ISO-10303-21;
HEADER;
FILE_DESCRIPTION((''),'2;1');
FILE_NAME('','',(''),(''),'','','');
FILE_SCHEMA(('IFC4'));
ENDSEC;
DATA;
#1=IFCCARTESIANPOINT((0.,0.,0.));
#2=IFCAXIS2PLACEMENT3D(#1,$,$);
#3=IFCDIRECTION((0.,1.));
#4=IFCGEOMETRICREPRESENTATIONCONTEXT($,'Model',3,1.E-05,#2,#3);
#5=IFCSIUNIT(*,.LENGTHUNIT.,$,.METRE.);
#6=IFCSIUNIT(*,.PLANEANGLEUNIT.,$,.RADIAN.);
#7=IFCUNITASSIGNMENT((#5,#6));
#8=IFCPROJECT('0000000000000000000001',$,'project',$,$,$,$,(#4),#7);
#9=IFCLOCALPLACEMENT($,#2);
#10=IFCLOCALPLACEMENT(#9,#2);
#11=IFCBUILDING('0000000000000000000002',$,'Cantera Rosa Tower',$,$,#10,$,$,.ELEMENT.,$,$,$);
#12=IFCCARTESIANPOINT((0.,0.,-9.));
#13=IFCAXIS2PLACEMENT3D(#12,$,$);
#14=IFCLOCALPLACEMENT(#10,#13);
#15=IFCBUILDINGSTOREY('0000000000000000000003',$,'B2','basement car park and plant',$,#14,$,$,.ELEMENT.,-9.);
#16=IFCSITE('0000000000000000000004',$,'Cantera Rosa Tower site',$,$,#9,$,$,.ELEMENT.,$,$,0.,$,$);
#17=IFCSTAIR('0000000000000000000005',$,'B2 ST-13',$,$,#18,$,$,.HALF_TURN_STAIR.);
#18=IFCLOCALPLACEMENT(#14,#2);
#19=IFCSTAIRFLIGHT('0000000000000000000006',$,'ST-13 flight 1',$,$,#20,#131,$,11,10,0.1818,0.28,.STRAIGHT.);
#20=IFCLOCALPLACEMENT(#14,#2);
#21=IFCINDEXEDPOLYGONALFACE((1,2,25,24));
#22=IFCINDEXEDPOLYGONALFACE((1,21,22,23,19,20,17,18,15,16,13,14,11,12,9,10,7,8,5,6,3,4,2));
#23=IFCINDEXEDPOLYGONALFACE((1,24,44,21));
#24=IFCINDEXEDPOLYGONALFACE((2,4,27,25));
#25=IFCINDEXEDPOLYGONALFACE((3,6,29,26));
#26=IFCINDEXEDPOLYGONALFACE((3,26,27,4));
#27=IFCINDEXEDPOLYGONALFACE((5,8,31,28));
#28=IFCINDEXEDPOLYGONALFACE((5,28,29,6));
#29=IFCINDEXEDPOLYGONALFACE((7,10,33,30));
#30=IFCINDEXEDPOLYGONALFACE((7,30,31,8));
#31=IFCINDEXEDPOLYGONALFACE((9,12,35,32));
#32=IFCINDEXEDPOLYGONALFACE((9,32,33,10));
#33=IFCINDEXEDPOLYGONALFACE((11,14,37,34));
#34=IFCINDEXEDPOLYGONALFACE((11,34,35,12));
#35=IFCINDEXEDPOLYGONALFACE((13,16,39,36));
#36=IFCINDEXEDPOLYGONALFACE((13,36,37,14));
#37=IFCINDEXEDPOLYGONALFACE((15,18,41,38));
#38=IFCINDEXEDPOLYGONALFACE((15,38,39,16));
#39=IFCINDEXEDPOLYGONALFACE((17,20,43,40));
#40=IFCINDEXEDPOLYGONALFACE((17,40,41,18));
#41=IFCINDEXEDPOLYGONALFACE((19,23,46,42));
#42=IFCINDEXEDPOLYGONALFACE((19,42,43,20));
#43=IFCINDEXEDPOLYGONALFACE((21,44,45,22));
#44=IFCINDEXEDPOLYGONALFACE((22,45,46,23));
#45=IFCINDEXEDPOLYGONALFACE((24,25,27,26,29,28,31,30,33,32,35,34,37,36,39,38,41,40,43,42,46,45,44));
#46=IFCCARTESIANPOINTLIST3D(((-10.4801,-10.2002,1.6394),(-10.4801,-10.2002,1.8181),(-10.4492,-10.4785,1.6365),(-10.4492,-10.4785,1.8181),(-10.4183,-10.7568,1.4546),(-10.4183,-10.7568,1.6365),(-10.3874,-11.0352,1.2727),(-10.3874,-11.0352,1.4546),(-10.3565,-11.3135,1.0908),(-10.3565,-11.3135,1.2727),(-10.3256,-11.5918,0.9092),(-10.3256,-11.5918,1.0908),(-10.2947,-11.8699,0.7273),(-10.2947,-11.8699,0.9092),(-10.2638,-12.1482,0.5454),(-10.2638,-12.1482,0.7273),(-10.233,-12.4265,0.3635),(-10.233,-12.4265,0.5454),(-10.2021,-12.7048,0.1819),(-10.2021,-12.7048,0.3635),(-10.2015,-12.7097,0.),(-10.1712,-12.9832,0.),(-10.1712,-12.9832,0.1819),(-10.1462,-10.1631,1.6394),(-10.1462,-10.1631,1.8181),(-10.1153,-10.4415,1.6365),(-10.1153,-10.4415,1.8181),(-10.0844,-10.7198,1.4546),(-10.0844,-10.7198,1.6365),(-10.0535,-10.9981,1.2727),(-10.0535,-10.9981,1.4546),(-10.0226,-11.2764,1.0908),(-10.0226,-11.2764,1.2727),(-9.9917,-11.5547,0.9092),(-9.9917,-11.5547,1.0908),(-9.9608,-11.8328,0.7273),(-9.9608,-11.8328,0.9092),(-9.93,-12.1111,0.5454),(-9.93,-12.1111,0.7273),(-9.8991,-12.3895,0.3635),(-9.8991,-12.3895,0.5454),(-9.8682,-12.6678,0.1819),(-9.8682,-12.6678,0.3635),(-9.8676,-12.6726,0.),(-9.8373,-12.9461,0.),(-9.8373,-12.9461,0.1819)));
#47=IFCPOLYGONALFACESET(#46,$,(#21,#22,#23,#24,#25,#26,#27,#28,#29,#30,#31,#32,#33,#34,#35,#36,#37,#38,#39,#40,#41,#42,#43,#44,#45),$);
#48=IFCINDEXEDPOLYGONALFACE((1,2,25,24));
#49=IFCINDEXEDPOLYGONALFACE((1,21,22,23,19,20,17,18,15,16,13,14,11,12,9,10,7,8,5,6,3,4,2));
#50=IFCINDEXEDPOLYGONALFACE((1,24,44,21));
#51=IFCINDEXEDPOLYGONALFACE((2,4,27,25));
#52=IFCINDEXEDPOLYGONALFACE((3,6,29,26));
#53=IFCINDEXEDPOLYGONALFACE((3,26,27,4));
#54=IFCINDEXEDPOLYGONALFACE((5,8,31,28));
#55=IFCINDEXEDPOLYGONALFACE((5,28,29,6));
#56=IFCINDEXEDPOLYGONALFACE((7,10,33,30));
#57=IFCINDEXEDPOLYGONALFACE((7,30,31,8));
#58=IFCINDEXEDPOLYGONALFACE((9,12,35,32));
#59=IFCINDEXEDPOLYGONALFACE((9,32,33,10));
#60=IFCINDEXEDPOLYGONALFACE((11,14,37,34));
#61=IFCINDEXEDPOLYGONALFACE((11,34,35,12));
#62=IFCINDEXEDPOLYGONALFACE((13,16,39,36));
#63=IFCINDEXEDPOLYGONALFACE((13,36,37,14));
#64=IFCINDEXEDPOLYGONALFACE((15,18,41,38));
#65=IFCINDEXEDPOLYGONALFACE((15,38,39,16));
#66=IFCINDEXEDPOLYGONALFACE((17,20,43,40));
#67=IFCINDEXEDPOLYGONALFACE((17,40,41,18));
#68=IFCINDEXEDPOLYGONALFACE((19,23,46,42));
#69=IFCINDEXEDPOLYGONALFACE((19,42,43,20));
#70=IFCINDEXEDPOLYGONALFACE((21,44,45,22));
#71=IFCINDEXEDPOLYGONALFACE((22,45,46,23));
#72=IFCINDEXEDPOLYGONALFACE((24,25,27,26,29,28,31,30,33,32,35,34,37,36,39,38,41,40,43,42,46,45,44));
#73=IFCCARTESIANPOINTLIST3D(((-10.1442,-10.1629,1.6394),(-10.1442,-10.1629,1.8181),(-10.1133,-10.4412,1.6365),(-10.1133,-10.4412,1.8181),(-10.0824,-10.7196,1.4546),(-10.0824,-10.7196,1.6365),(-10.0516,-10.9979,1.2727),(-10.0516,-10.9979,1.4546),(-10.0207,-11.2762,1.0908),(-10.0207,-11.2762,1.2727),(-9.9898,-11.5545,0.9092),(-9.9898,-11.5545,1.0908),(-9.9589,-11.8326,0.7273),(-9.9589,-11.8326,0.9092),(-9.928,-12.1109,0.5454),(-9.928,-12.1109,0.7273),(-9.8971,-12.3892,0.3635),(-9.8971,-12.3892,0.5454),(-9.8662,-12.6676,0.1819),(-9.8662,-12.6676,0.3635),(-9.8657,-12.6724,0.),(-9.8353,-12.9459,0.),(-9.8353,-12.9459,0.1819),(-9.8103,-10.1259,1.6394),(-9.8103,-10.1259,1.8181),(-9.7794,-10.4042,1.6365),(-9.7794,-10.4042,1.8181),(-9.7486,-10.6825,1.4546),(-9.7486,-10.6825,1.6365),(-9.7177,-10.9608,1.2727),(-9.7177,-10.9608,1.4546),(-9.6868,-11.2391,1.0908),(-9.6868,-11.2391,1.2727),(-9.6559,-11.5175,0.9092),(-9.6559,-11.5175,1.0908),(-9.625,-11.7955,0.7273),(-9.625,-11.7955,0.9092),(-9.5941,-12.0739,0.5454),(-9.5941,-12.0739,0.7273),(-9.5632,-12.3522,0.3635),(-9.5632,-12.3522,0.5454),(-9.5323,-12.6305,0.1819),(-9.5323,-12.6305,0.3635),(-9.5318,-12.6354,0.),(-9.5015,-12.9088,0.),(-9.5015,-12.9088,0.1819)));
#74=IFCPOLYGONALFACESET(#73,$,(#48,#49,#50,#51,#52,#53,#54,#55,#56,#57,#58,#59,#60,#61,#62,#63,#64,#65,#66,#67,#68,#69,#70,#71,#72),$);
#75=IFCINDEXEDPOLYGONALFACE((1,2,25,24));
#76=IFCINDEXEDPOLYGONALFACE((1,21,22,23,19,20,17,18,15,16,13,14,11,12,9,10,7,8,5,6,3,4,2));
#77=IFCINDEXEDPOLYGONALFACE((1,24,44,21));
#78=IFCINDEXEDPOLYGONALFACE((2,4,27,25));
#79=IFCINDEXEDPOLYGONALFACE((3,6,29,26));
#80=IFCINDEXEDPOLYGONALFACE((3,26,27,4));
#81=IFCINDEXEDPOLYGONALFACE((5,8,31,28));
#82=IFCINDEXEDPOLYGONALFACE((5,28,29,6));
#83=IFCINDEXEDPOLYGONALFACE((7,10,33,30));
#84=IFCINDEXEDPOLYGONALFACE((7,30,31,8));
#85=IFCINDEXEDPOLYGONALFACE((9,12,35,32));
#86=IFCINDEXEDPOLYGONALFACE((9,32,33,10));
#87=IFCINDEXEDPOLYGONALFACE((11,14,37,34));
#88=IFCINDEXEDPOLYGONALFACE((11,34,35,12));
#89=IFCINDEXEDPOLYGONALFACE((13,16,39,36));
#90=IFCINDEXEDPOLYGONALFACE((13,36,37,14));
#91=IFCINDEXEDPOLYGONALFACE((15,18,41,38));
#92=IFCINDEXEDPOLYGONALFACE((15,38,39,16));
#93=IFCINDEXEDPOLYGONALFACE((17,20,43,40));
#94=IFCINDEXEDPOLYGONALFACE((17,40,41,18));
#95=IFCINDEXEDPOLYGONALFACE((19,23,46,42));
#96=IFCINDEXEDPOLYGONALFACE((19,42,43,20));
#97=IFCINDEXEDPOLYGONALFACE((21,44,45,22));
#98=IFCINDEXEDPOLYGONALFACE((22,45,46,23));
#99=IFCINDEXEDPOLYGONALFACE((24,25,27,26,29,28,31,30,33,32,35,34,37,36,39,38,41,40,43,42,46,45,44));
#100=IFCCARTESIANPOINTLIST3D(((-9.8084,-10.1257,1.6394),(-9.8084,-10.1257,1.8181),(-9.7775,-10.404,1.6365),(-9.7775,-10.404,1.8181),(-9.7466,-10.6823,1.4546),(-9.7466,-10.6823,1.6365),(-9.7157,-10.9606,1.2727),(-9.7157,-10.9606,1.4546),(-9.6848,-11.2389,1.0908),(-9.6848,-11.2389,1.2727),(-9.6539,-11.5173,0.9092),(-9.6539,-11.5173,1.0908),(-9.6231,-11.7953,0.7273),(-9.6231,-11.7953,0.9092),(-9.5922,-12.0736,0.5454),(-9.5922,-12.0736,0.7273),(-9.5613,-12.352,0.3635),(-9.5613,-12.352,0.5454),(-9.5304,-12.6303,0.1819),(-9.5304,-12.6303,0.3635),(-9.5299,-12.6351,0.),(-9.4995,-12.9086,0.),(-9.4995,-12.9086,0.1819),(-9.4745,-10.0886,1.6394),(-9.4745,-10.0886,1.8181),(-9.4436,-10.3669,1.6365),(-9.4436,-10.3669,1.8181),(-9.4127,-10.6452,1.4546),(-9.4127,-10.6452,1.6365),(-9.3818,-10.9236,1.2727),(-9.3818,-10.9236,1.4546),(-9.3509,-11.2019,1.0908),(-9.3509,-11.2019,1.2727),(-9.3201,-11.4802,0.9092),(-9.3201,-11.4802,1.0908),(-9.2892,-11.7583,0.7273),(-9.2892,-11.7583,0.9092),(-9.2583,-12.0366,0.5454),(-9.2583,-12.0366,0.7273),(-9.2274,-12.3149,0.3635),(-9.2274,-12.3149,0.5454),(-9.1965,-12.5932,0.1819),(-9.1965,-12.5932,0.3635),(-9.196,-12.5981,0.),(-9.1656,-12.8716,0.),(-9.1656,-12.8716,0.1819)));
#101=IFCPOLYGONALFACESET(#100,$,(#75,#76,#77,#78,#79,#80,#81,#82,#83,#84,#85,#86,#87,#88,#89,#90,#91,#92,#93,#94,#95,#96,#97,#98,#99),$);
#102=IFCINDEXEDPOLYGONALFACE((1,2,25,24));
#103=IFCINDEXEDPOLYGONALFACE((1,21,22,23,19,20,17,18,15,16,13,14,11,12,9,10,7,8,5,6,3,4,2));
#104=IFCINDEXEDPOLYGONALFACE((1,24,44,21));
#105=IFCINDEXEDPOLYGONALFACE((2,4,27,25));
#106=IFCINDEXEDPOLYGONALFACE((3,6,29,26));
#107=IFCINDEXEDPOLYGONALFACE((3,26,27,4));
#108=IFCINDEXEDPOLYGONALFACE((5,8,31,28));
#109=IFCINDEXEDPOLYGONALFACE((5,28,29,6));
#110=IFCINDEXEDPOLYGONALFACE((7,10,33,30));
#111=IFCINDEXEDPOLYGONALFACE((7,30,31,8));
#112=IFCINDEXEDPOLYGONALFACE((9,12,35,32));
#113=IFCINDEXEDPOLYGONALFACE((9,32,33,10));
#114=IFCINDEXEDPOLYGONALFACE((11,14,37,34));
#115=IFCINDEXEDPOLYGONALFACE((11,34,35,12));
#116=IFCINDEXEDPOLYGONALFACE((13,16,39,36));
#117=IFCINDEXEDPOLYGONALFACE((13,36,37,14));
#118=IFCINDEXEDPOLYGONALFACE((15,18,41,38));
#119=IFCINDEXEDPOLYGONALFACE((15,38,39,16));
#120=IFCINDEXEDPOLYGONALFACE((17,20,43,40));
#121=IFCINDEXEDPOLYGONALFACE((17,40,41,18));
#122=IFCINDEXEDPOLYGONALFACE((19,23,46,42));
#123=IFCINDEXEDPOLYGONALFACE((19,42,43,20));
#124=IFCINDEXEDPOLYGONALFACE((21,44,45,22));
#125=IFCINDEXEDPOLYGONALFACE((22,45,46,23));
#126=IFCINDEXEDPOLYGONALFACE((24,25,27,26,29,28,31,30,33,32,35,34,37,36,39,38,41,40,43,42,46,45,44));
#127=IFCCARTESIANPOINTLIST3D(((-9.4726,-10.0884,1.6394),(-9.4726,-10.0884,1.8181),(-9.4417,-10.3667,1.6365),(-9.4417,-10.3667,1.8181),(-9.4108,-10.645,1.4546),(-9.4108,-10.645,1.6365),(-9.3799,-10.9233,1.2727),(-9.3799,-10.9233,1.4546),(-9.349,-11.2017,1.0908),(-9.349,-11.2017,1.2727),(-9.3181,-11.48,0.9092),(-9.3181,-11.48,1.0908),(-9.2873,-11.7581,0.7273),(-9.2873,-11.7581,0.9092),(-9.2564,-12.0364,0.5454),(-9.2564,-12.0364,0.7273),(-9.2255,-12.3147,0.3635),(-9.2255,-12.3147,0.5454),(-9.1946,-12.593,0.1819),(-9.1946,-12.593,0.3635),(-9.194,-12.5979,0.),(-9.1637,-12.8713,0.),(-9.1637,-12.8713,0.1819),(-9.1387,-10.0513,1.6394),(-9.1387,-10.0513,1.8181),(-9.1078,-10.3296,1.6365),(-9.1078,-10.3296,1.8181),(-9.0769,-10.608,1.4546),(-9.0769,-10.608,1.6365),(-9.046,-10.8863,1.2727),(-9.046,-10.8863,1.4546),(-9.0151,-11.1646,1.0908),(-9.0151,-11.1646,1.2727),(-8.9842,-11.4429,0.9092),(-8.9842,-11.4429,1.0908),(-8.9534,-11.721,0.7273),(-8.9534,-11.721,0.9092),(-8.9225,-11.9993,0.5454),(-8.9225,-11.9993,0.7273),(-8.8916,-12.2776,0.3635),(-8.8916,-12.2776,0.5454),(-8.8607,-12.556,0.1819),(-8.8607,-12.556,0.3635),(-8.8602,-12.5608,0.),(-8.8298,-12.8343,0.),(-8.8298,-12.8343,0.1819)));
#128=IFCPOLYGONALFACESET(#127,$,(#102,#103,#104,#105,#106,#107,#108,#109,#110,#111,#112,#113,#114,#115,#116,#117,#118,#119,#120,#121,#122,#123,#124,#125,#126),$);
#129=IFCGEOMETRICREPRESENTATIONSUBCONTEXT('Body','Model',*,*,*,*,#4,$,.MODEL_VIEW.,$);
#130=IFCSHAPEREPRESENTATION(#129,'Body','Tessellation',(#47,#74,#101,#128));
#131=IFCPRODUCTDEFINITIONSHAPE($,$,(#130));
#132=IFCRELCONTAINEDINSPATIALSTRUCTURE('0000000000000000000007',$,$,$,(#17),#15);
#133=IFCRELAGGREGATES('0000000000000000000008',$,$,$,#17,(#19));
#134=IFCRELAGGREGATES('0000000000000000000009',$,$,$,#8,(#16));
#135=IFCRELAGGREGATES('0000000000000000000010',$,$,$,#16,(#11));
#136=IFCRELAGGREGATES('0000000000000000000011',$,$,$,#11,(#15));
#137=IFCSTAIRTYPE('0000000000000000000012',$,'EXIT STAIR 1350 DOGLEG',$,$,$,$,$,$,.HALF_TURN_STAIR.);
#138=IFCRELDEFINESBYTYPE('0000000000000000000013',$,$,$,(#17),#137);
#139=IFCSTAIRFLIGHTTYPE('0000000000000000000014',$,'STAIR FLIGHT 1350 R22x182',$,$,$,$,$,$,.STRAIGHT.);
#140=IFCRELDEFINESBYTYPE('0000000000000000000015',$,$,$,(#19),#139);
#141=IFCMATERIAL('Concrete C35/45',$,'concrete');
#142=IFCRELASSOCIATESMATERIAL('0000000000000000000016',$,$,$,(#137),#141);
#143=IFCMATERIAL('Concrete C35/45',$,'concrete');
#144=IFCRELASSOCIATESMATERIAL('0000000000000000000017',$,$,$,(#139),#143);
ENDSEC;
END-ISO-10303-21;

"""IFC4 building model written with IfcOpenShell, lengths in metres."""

from ifc_helpers import new_model, si_unit, direction, frame, origin, place, context, subcontext, project, spatial, polyline, outline, extrude, material, type_object, element, aggregate, save


model = new_model("IFC4")

# Units and contexts
model_context = context("Model", 3, precision=1e-05, world=origin(), true_north=direction((0.0, 1.0)))
body_context = subcontext(model_context, "Body", "Model", "MODEL_VIEW")
ifc_project = project(units=[si_unit("LENGTHUNIT", "METRE"), si_unit("PLANEANGLEUNIT", "RADIAN")], contexts=[model_context])

# Site, building, storey
site_placement = place(None, origin())
site = spatial("IfcSite", under=ifc_project, at=site_placement, Name="Cantera Rosa Tower site", CompositionType="ELEMENT", RefElevation=0.0)
building_placement = place(site_placement, origin())
building = spatial("IfcBuilding", under=site, at=building_placement, Name="Cantera Rosa Tower", CompositionType="ELEMENT")
storey_placement = place(building_placement, frame((0.0, 0.0, -9.0)))
storey = spatial("IfcBuildingStorey", under=building, at=storey_placement, Name="B2", Description="basement car park and plant", CompositionType="ELEMENT", Elevation=-9.0)

# Stair, stair flight
ifc_material_1 = material(Name="Concrete C35/45", Category="concrete")
stair_type = type_object("IfcStairType", Name="EXIT STAIR 1350 DOGLEG", PredefinedType="HALF_TURN_STAIR", material=ifc_material_1)
stair_placement = place(storey_placement, origin())
stair = element("IfcStair", 1, at=stair_placement, inside=storey, type_object=stair_type, Name="B2 ST-13", PredefinedType="HALF_TURN_STAIR")
ifc_material_2 = material(Name="Concrete C35/45", Category="concrete")
stair_flight_type = type_object("IfcStairFlightType", Name="STAIR FLIGHT 1350 R22x182", PredefinedType="STRAIGHT", material=ifc_material_2)
stair_flight_1_placement = place(storey_placement, frame((-9.5002, -12.9087, 0.0), z_axis=(0.0, 0.0, 1.0), x_axis=(-0.110313, 0.993897, 0.0)))
stair_flight_1 = element("IfcStairFlight", 2, at=stair_flight_1_placement, type_object=stair_flight_type, Name="ST-13 flight 1", NumberOfRisers=11, NumberOfTreads=10, PredefinedType="STRAIGHT", RiserHeight=0.1818, TreadLength=0.28, context=body_context, shape_type="SweptSolid", body=[
    extrude(outline(polyline([(0.0, 0.0), (0.0, 0.1819), (0.28, 0.1819), (0.28, 0.3635), (0.5601, 0.3635), (0.5601, 0.5454), (0.8401, 0.5454), (0.8401, 0.7273), (1.1201, 0.7273), (1.1201, 0.9092), (1.3999, 0.9092), (1.3999, 1.0908), (1.6799, 1.0908), (1.6799, 1.2727), (1.96, 1.2727), (1.96, 1.4546), (2.24, 1.4546), (2.24, 1.6365), (2.52, 1.6365), (2.52, 1.8181), (2.8, 1.8181), (2.8, 2.0), (2.8, 1.6394), (0.2751, 0.0), (0.0, 0.0)])), frame((0.0, 0.675, 0.0), z_axis=(0.0, -1.0, 0.0), x_axis=(1.0, 0.0, 0.0)), (0.0, 0.0, 1.0), 0.3359),
    extrude(outline(polyline([(0.0, 0.0), (0.0, 0.1819), (0.28, 0.1819), (0.28, 0.3635), (0.5601, 0.3635), (0.5601, 0.5454), (0.8401, 0.5454), (0.8401, 0.7273), (1.1201, 0.7273), (1.1201, 0.9092), (1.3999, 0.9092), (1.3999, 1.0908), (1.6799, 1.0908), (1.6799, 1.2727), (1.96, 1.2727), (1.96, 1.4546), (2.24, 1.4546), (2.24, 1.6365), (2.52, 1.6365), (2.52, 1.8181), (2.8, 1.8181), (2.8, 2.0), (2.8, 1.6394), (0.2751, 0.0), (0.0, 0.0)])), frame((0.0, 0.3372, 0.0), z_axis=(0.0, -1.0, 0.0), x_axis=(1.0, 0.0, 0.0)), (0.0, 0.0, 1.0), 0.3359),
    extrude(outline(polyline([(0.0, 0.0), (0.0, 0.1819), (0.28, 0.1819), (0.28, 0.3635), (0.5601, 0.3635), (0.5601, 0.5454), (0.8401, 0.5454), (0.8401, 0.7273), (1.1201, 0.7273), (1.1201, 0.9092), (1.3999, 0.9092), (1.3999, 1.0908), (1.6799, 1.0908), (1.6799, 1.2727), (1.96, 1.2727), (1.96, 1.4546), (2.24, 1.4546), (2.24, 1.6365), (2.52, 1.6365), (2.52, 1.8181), (2.8, 1.8181), (2.8, 2.0), (2.8, 1.6394), (0.2751, 0.0), (0.0, 0.0)])), frame((0.0, -0.0007, 0.0), z_axis=(0.0, -1.0, 0.0), x_axis=(1.0, 0.0, 0.0)), (0.0, 0.0, 1.0), 0.3359),
    extrude(outline(polyline([(0.0, 0.0), (0.0, 0.1819), (0.28, 0.1819), (0.28, 0.3635), (0.5601, 0.3635), (0.5601, 0.5454), (0.8401, 0.5454), (0.8401, 0.7273), (1.1201, 0.7273), (1.1201, 0.9092), (1.3999, 0.9092), (1.3999, 1.0908), (1.6799, 1.0908), (1.6799, 1.2727), (1.96, 1.2727), (1.96, 1.4546), (2.24, 1.4546), (2.24, 1.6365), (2.52, 1.6365), (2.52, 1.8181), (2.8, 1.8181), (2.8, 2.0), (2.8, 1.6394), (0.2751, 0.0), (0.0, 0.0)])), frame((0.0, -0.3386, 0.0), z_axis=(0.0, -1.0, 0.0), x_axis=(1.0, 0.0, 0.0)), (0.0, 0.0, 1.0), 0.3359),
])
aggregate(stair, [stair_flight_1])

save(model, "model.ifc")
